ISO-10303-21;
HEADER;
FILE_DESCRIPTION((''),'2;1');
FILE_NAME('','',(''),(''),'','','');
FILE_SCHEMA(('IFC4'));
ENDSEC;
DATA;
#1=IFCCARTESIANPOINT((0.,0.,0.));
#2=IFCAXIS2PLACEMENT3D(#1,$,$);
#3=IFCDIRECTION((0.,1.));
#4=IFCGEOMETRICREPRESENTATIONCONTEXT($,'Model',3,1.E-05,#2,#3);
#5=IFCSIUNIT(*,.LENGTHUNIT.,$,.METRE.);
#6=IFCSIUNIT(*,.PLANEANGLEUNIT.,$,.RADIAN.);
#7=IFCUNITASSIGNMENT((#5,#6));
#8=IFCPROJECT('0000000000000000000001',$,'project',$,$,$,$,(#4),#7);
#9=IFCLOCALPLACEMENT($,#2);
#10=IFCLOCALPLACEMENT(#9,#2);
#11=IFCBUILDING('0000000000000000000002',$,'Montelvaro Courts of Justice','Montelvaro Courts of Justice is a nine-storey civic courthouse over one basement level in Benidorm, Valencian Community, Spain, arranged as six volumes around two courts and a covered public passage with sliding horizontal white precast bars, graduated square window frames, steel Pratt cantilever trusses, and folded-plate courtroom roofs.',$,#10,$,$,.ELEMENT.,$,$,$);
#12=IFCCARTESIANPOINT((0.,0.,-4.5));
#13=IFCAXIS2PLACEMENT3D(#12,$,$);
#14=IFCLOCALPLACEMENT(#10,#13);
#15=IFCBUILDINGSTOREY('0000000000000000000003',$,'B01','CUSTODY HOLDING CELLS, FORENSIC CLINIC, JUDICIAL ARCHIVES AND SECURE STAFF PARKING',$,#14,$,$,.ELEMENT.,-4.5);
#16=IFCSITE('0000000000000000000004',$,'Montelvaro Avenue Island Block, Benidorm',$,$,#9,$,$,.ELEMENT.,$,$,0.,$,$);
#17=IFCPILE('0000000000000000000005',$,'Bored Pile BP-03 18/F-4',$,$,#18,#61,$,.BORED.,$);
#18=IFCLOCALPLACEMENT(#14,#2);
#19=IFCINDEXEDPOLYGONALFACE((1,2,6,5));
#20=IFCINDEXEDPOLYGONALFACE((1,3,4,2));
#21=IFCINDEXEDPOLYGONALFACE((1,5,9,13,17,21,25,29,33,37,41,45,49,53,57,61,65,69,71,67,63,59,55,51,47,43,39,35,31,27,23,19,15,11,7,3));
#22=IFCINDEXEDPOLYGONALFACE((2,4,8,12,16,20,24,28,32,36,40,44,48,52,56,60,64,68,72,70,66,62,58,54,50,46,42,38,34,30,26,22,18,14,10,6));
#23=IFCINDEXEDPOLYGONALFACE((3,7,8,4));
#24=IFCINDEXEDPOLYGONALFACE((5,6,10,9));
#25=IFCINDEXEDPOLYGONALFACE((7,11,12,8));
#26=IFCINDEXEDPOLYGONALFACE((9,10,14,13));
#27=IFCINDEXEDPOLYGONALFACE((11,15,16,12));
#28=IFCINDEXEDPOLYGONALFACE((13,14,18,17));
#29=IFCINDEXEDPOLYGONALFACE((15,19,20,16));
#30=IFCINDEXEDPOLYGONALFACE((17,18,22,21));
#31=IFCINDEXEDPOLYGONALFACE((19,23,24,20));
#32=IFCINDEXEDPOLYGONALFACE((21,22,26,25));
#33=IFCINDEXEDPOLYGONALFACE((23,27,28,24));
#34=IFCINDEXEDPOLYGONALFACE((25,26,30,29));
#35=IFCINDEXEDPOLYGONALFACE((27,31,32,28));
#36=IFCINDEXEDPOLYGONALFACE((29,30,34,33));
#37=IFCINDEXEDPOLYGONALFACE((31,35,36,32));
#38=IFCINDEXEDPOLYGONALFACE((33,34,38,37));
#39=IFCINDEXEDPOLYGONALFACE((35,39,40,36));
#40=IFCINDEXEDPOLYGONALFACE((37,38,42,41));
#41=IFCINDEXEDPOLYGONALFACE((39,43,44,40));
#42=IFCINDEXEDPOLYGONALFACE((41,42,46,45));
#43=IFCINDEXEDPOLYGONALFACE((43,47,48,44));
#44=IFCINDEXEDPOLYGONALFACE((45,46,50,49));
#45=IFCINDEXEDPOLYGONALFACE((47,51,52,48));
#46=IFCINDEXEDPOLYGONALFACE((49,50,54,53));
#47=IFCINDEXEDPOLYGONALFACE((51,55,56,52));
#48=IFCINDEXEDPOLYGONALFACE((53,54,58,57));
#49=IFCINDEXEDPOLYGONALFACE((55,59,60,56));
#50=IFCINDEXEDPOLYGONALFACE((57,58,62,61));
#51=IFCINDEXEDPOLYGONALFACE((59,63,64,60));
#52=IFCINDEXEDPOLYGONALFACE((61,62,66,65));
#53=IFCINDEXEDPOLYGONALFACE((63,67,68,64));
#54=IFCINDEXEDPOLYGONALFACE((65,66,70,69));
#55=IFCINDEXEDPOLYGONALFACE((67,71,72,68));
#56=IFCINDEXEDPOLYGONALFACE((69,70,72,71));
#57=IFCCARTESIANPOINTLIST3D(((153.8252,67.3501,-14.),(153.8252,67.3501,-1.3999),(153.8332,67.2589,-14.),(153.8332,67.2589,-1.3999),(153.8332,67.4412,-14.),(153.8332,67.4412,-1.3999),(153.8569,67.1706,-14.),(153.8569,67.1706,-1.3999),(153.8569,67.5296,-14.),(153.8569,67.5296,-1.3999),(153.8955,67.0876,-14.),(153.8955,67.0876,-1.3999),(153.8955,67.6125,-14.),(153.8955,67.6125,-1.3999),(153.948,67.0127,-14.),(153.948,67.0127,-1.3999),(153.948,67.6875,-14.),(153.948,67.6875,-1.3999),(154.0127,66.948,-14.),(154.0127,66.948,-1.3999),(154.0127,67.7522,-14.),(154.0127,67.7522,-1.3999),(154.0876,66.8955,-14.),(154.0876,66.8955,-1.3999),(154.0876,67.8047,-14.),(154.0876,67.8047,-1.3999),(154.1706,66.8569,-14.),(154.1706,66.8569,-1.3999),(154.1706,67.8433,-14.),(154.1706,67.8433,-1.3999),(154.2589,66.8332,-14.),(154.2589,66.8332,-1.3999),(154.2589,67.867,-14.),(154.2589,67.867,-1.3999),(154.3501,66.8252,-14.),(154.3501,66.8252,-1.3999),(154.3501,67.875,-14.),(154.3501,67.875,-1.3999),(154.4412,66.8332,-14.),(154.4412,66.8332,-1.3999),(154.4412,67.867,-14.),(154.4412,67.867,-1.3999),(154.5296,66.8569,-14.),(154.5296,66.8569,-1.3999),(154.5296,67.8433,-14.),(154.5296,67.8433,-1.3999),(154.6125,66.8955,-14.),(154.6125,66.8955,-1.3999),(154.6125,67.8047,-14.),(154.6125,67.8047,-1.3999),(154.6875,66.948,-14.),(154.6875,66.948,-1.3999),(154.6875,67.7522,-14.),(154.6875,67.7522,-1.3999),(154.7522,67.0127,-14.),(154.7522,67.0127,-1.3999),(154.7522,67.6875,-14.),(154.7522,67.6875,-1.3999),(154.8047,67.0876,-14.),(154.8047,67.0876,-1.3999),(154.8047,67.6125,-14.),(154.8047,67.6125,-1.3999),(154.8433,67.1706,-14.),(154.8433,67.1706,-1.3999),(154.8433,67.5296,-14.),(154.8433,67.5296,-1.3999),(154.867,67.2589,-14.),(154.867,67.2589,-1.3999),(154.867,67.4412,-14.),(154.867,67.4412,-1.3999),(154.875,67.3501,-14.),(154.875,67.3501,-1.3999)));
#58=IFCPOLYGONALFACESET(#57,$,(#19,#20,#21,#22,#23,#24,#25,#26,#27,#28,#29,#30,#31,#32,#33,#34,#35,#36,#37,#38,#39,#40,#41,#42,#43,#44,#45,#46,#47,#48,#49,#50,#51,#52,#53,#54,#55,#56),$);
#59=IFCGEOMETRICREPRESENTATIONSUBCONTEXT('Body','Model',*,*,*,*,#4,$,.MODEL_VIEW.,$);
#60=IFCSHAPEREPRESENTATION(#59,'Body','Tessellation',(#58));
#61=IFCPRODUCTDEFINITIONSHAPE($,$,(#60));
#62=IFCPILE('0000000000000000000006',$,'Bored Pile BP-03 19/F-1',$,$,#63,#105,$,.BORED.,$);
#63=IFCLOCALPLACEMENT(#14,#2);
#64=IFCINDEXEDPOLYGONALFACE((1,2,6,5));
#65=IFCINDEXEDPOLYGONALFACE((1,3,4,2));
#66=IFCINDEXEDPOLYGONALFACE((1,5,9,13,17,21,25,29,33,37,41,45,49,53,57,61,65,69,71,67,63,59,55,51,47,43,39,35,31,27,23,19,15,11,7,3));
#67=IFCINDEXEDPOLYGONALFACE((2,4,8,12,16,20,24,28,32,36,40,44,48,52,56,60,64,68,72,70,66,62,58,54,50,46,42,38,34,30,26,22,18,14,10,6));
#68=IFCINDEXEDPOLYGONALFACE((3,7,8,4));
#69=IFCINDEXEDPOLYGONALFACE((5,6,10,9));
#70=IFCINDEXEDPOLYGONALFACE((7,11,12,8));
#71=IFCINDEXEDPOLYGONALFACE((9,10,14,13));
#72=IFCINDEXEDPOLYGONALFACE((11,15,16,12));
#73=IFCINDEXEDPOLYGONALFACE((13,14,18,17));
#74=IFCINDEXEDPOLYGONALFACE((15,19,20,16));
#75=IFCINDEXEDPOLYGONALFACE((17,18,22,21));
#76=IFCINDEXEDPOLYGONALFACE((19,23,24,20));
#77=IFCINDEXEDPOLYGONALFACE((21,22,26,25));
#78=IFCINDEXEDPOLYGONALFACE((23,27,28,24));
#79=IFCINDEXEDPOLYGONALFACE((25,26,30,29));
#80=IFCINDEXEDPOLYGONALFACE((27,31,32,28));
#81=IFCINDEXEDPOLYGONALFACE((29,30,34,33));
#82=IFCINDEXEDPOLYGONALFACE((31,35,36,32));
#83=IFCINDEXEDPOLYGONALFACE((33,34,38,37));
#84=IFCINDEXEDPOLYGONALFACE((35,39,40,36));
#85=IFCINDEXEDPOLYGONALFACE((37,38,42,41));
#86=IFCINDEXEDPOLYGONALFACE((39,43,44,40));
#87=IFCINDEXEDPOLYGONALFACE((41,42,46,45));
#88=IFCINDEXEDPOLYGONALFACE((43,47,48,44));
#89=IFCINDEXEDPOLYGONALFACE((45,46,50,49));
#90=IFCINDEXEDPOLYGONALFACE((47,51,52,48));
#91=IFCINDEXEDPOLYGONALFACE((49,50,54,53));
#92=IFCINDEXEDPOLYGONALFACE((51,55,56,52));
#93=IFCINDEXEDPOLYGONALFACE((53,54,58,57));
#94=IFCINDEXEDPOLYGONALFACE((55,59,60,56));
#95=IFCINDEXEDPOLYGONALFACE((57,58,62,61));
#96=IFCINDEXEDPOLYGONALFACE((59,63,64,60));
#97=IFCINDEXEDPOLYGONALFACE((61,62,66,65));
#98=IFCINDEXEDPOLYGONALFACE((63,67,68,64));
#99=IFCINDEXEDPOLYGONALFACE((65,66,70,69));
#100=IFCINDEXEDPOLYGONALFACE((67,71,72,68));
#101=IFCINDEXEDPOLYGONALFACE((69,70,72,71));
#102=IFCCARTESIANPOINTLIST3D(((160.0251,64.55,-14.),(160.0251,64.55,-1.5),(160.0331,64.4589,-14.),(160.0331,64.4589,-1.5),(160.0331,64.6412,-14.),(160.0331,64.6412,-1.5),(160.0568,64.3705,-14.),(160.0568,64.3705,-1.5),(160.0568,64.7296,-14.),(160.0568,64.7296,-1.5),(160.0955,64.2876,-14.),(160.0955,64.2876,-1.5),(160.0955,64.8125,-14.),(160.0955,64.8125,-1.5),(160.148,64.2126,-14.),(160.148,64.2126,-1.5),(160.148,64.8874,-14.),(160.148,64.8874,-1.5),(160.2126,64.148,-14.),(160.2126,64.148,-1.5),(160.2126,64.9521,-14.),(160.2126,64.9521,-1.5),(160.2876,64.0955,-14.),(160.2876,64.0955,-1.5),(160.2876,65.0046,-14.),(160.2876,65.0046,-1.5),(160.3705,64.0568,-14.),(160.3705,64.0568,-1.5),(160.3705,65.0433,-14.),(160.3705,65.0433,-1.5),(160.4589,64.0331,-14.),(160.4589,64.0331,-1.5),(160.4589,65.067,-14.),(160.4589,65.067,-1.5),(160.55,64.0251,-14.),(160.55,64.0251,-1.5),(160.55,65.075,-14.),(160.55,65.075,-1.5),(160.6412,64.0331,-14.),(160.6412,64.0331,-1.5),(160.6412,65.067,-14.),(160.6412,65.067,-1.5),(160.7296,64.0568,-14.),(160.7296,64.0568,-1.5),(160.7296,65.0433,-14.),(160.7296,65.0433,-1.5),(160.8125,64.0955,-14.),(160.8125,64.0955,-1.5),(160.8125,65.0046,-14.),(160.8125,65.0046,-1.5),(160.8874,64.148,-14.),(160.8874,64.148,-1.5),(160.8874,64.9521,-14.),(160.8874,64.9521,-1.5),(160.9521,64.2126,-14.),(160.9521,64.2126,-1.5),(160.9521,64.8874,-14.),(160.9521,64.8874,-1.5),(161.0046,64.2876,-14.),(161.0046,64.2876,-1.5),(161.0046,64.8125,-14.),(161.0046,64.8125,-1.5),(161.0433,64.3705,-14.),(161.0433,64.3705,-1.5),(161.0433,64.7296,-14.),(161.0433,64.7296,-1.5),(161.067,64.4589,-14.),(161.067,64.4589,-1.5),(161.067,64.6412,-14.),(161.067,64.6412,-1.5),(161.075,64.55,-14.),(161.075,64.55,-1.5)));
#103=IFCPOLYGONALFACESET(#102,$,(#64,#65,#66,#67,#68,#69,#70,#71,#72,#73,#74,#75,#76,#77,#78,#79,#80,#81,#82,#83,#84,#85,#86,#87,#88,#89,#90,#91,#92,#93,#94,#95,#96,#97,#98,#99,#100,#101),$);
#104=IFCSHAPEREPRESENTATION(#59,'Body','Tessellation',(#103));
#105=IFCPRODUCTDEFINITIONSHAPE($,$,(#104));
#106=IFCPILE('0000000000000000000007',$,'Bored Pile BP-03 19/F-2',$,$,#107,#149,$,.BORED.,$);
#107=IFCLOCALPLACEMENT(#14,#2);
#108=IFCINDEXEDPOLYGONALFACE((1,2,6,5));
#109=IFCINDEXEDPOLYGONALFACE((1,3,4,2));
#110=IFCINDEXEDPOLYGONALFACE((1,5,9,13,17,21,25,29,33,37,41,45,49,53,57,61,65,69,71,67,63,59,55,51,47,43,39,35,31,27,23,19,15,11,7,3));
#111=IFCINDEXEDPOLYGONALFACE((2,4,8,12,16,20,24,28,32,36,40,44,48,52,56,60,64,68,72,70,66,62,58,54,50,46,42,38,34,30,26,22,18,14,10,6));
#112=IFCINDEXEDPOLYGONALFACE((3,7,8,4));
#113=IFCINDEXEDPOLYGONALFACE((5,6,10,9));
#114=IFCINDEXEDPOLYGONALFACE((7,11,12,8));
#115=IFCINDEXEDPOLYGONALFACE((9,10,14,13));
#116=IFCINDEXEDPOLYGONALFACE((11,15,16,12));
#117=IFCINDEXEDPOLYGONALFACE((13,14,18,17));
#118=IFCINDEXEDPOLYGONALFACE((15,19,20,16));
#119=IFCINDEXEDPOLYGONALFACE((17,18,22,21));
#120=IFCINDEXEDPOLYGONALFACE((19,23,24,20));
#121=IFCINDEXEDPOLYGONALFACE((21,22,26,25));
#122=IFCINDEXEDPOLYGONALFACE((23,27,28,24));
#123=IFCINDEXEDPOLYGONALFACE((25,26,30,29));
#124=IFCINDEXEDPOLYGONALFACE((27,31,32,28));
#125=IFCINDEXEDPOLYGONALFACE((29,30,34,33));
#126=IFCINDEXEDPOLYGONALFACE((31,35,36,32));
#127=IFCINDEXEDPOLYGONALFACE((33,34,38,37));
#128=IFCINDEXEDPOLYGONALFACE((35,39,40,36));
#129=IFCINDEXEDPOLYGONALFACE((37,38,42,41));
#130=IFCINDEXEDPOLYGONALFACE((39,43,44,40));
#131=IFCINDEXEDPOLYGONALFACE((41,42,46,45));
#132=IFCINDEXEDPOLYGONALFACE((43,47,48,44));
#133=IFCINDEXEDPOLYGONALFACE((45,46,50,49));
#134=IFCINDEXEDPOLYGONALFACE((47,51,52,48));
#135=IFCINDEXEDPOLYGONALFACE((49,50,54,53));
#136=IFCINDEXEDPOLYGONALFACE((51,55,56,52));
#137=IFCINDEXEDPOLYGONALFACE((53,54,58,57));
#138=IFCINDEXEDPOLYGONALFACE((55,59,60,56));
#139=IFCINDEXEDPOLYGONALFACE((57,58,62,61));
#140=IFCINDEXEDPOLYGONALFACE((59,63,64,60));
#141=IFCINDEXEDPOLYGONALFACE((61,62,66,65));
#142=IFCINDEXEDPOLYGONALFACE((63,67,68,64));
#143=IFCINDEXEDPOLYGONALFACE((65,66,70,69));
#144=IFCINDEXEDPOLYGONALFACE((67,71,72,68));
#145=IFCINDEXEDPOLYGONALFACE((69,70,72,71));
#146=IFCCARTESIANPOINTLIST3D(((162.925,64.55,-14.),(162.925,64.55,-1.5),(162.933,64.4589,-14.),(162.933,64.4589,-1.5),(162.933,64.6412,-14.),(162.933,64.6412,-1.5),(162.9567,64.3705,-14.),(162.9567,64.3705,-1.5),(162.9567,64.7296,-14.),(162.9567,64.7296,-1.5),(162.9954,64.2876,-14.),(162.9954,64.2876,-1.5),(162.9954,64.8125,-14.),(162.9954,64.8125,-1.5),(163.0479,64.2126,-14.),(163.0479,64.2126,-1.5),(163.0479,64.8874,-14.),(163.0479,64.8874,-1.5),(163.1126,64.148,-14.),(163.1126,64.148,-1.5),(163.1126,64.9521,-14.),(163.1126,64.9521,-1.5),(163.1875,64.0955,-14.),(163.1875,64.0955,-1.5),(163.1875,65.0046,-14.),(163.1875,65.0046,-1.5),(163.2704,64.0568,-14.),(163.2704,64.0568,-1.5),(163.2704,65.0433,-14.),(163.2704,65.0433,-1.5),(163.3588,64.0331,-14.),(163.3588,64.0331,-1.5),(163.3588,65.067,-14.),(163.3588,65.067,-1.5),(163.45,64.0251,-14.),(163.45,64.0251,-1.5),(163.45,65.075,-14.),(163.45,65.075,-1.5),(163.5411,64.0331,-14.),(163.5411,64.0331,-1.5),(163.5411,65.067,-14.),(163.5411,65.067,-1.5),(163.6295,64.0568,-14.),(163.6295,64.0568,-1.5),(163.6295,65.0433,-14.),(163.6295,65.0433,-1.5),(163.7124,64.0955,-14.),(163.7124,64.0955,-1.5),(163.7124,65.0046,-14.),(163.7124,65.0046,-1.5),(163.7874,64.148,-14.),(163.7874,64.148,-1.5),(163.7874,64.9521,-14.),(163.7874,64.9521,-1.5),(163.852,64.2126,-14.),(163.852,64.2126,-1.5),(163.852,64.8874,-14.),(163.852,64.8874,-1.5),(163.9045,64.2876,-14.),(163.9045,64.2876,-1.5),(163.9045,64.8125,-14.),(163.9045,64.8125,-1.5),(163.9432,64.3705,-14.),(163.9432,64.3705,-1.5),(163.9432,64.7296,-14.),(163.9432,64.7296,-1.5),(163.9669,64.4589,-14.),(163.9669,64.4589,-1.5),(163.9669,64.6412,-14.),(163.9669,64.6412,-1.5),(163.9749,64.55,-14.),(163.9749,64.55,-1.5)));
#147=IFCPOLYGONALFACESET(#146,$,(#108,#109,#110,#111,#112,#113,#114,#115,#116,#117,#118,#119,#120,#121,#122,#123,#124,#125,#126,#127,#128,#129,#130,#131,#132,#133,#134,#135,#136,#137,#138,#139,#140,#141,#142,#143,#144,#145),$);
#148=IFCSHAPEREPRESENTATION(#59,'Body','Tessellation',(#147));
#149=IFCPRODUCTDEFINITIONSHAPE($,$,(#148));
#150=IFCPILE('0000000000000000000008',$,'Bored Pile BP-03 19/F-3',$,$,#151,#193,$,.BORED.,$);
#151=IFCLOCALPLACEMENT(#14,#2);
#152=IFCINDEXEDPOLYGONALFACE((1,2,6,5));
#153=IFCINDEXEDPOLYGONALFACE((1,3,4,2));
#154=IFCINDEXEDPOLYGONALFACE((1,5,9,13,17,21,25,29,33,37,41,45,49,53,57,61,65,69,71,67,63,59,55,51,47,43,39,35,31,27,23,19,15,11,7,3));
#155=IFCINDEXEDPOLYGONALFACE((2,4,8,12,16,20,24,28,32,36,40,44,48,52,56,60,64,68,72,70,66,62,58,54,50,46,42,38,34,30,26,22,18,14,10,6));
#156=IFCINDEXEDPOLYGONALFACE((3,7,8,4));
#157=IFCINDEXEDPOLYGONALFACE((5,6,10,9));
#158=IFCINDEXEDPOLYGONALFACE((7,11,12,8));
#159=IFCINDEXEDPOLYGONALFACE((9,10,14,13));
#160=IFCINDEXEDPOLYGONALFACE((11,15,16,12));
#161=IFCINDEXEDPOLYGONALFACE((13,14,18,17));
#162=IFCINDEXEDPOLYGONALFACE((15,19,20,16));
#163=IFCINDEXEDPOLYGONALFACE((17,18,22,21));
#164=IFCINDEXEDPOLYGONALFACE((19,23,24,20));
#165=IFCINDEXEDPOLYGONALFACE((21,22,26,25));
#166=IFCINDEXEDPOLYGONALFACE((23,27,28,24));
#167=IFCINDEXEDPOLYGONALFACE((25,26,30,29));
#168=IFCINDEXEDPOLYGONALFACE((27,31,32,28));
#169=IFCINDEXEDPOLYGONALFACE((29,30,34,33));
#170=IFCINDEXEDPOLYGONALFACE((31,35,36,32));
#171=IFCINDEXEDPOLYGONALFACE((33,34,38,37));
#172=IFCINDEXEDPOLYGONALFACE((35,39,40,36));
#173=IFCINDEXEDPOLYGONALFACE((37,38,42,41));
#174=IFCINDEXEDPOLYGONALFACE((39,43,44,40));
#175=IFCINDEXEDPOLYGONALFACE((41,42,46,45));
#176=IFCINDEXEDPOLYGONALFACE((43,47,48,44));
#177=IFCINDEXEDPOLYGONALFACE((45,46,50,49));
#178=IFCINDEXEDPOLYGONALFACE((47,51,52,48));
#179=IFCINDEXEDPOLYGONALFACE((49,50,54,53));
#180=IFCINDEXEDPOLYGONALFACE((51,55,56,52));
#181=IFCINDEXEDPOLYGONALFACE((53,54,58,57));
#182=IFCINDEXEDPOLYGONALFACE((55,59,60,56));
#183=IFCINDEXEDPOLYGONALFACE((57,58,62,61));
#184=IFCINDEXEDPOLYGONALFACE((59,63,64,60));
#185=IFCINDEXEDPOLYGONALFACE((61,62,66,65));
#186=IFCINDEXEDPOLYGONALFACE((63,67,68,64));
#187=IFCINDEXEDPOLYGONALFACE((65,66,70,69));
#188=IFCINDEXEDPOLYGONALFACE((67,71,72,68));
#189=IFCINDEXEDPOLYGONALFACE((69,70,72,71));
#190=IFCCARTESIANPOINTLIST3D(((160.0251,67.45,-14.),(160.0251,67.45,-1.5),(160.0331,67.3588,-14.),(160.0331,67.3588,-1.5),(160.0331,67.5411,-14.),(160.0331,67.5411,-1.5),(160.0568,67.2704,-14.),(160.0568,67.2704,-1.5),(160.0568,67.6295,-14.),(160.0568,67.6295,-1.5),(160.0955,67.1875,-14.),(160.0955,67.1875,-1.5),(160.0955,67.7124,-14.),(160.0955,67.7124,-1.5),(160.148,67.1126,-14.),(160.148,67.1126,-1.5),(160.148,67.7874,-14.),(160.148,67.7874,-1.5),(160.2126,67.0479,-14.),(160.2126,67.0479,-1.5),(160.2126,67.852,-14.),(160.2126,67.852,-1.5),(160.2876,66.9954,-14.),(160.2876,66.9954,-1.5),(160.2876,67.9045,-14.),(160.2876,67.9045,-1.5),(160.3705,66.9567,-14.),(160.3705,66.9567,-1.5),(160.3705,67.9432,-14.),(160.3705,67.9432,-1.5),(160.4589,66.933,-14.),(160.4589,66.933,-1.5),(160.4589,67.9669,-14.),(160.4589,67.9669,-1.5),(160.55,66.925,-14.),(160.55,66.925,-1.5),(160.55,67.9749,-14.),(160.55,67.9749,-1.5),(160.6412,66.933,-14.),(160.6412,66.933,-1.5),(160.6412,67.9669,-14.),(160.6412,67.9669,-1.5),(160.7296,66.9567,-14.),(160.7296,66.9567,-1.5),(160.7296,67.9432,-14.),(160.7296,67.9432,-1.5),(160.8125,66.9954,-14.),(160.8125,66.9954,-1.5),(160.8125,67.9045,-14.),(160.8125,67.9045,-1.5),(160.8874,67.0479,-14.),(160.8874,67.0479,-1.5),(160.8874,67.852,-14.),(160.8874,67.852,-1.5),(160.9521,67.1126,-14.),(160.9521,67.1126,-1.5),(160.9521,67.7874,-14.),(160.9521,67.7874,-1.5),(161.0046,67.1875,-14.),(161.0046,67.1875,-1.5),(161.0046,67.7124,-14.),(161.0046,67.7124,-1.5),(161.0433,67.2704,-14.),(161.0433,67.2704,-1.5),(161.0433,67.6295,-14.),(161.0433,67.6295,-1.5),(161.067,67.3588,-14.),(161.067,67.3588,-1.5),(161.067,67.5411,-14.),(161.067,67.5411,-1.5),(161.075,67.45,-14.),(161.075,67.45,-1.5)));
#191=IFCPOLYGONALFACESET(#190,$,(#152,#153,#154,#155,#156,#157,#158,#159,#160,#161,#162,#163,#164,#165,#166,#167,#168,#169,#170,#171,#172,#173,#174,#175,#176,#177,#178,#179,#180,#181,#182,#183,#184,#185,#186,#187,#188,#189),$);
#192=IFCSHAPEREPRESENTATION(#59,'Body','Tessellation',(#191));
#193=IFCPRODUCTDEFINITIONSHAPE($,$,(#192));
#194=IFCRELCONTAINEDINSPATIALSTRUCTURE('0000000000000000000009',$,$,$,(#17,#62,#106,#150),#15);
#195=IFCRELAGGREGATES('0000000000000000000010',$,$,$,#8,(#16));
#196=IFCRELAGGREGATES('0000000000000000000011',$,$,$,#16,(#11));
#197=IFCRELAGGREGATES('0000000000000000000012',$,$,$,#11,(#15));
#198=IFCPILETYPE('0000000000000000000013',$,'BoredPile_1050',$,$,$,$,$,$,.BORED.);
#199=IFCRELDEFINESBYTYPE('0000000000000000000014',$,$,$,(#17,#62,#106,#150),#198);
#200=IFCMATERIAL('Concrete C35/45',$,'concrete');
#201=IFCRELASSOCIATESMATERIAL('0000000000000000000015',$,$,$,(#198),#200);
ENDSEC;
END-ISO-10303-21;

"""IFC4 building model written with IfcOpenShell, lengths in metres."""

from ifc_helpers import new_model, si_unit, direction, frame, origin, origin_2d, place, context, subcontext, project, spatial, circle, extrude, material, material_profile, profile_set, type_object, element, save


model = new_model("IFC4")

# Units and contexts
model_context = context("Model", 3, precision=1e-05, world=origin(), true_north=direction((0.0, 1.0)))
body_context = subcontext(model_context, "Body", "Model", "MODEL_VIEW")
ifc_project = project(units=[si_unit("LENGTHUNIT", "METRE"), si_unit("PLANEANGLEUNIT", "RADIAN")], contexts=[model_context])

# Site, building, storey
site_placement = place(None, origin())
site = spatial("IfcSite", under=ifc_project, at=site_placement, Name="Montelvaro Avenue Island Block, Benidorm", CompositionType="ELEMENT", RefElevation=0.0)
building_placement = place(site_placement, origin())
building = spatial("IfcBuilding", under=site, at=building_placement, Name="Montelvaro Courts of Justice", Description="Montelvaro Courts of Justice is a nine-storey civic courthouse over one basement level in Benidorm, Valencian Community, Spain, arranged as six volumes around two courts and a covered public passage with sliding horizontal white precast bars, graduated square window frames, steel Pratt cantilever trusses, and folded-plate courtroom roofs.", CompositionType="ELEMENT")
storey_placement = place(building_placement, frame((0.0, 0.0, -4.5)))
storey = spatial("IfcBuildingStorey", under=building, at=storey_placement, Name="B01", Description="CUSTODY HOLDING CELLS, FORENSIC CLINIC, JUDICIAL ARCHIVES AND SECURE STAFF PARKING", CompositionType="ELEMENT", Elevation=-4.5)

# Piles
ifc_material_1 = material(Name="Concrete C35/45", Category="concrete")
ifc_material_profile_1 = material_profile(ifc_material_1, circle(Radius=0.5249, at=origin_2d()), Name="BORED PILE D1050")
ifc_profile_set_1 = profile_set([ifc_material_profile_1], Name="Concrete C35/45")
pile_type_1 = type_object("IfcPileType", Name="BoredPile_1050", PredefinedType="BORED", material=ifc_profile_set_1)
for number, where, z_axis, x_axis, name in (
    (1, (154.3501, 67.3501, -1.3999), (0.0, 0.0, -1.0), (1.0, 0.0, 0.0), "Bored Pile BP-03 18/F-4"),
):
    element("IfcPile", number, at=place(storey_placement, frame(where, z_axis=z_axis, x_axis=x_axis)), inside=storey, type_object=pile_type_1, Name=name, PredefinedType="BORED", context=body_context, shape_type="SweptSolid", body=[
        extrude(circle(Radius=0.5249, at=origin_2d()), origin(), (0.0, 0.0, 1.0), 12.6001),
    ])
for number, where, z_axis, x_axis, name in (
    (2, (160.55, 64.55, -1.5), (0.0, 0.0, -1.0), (1.0, 0.0, 0.0), "Bored Pile BP-03 19/F-1"),
    (3, (163.45, 64.55, -1.5), (0.0, 0.0, -1.0), (1.0, 0.0, 0.0), "Bored Pile BP-03 19/F-2"),
    (4, (160.55, 67.45, -1.5), (0.0, 0.0, -1.0), (1.0, 0.0, 0.0), "Bored Pile BP-03 19/F-3"),
):
    element("IfcPile", number, at=place(storey_placement, frame(where, z_axis=z_axis, x_axis=x_axis)), inside=storey, type_object=pile_type_1, Name=name, PredefinedType="BORED", context=body_context, shape_type="SweptSolid", body=[
        extrude(circle(Radius=0.5249, at=origin_2d()), origin(), (0.0, 0.0, 1.0), 12.5),
    ])

save(model, "model.ifc")
